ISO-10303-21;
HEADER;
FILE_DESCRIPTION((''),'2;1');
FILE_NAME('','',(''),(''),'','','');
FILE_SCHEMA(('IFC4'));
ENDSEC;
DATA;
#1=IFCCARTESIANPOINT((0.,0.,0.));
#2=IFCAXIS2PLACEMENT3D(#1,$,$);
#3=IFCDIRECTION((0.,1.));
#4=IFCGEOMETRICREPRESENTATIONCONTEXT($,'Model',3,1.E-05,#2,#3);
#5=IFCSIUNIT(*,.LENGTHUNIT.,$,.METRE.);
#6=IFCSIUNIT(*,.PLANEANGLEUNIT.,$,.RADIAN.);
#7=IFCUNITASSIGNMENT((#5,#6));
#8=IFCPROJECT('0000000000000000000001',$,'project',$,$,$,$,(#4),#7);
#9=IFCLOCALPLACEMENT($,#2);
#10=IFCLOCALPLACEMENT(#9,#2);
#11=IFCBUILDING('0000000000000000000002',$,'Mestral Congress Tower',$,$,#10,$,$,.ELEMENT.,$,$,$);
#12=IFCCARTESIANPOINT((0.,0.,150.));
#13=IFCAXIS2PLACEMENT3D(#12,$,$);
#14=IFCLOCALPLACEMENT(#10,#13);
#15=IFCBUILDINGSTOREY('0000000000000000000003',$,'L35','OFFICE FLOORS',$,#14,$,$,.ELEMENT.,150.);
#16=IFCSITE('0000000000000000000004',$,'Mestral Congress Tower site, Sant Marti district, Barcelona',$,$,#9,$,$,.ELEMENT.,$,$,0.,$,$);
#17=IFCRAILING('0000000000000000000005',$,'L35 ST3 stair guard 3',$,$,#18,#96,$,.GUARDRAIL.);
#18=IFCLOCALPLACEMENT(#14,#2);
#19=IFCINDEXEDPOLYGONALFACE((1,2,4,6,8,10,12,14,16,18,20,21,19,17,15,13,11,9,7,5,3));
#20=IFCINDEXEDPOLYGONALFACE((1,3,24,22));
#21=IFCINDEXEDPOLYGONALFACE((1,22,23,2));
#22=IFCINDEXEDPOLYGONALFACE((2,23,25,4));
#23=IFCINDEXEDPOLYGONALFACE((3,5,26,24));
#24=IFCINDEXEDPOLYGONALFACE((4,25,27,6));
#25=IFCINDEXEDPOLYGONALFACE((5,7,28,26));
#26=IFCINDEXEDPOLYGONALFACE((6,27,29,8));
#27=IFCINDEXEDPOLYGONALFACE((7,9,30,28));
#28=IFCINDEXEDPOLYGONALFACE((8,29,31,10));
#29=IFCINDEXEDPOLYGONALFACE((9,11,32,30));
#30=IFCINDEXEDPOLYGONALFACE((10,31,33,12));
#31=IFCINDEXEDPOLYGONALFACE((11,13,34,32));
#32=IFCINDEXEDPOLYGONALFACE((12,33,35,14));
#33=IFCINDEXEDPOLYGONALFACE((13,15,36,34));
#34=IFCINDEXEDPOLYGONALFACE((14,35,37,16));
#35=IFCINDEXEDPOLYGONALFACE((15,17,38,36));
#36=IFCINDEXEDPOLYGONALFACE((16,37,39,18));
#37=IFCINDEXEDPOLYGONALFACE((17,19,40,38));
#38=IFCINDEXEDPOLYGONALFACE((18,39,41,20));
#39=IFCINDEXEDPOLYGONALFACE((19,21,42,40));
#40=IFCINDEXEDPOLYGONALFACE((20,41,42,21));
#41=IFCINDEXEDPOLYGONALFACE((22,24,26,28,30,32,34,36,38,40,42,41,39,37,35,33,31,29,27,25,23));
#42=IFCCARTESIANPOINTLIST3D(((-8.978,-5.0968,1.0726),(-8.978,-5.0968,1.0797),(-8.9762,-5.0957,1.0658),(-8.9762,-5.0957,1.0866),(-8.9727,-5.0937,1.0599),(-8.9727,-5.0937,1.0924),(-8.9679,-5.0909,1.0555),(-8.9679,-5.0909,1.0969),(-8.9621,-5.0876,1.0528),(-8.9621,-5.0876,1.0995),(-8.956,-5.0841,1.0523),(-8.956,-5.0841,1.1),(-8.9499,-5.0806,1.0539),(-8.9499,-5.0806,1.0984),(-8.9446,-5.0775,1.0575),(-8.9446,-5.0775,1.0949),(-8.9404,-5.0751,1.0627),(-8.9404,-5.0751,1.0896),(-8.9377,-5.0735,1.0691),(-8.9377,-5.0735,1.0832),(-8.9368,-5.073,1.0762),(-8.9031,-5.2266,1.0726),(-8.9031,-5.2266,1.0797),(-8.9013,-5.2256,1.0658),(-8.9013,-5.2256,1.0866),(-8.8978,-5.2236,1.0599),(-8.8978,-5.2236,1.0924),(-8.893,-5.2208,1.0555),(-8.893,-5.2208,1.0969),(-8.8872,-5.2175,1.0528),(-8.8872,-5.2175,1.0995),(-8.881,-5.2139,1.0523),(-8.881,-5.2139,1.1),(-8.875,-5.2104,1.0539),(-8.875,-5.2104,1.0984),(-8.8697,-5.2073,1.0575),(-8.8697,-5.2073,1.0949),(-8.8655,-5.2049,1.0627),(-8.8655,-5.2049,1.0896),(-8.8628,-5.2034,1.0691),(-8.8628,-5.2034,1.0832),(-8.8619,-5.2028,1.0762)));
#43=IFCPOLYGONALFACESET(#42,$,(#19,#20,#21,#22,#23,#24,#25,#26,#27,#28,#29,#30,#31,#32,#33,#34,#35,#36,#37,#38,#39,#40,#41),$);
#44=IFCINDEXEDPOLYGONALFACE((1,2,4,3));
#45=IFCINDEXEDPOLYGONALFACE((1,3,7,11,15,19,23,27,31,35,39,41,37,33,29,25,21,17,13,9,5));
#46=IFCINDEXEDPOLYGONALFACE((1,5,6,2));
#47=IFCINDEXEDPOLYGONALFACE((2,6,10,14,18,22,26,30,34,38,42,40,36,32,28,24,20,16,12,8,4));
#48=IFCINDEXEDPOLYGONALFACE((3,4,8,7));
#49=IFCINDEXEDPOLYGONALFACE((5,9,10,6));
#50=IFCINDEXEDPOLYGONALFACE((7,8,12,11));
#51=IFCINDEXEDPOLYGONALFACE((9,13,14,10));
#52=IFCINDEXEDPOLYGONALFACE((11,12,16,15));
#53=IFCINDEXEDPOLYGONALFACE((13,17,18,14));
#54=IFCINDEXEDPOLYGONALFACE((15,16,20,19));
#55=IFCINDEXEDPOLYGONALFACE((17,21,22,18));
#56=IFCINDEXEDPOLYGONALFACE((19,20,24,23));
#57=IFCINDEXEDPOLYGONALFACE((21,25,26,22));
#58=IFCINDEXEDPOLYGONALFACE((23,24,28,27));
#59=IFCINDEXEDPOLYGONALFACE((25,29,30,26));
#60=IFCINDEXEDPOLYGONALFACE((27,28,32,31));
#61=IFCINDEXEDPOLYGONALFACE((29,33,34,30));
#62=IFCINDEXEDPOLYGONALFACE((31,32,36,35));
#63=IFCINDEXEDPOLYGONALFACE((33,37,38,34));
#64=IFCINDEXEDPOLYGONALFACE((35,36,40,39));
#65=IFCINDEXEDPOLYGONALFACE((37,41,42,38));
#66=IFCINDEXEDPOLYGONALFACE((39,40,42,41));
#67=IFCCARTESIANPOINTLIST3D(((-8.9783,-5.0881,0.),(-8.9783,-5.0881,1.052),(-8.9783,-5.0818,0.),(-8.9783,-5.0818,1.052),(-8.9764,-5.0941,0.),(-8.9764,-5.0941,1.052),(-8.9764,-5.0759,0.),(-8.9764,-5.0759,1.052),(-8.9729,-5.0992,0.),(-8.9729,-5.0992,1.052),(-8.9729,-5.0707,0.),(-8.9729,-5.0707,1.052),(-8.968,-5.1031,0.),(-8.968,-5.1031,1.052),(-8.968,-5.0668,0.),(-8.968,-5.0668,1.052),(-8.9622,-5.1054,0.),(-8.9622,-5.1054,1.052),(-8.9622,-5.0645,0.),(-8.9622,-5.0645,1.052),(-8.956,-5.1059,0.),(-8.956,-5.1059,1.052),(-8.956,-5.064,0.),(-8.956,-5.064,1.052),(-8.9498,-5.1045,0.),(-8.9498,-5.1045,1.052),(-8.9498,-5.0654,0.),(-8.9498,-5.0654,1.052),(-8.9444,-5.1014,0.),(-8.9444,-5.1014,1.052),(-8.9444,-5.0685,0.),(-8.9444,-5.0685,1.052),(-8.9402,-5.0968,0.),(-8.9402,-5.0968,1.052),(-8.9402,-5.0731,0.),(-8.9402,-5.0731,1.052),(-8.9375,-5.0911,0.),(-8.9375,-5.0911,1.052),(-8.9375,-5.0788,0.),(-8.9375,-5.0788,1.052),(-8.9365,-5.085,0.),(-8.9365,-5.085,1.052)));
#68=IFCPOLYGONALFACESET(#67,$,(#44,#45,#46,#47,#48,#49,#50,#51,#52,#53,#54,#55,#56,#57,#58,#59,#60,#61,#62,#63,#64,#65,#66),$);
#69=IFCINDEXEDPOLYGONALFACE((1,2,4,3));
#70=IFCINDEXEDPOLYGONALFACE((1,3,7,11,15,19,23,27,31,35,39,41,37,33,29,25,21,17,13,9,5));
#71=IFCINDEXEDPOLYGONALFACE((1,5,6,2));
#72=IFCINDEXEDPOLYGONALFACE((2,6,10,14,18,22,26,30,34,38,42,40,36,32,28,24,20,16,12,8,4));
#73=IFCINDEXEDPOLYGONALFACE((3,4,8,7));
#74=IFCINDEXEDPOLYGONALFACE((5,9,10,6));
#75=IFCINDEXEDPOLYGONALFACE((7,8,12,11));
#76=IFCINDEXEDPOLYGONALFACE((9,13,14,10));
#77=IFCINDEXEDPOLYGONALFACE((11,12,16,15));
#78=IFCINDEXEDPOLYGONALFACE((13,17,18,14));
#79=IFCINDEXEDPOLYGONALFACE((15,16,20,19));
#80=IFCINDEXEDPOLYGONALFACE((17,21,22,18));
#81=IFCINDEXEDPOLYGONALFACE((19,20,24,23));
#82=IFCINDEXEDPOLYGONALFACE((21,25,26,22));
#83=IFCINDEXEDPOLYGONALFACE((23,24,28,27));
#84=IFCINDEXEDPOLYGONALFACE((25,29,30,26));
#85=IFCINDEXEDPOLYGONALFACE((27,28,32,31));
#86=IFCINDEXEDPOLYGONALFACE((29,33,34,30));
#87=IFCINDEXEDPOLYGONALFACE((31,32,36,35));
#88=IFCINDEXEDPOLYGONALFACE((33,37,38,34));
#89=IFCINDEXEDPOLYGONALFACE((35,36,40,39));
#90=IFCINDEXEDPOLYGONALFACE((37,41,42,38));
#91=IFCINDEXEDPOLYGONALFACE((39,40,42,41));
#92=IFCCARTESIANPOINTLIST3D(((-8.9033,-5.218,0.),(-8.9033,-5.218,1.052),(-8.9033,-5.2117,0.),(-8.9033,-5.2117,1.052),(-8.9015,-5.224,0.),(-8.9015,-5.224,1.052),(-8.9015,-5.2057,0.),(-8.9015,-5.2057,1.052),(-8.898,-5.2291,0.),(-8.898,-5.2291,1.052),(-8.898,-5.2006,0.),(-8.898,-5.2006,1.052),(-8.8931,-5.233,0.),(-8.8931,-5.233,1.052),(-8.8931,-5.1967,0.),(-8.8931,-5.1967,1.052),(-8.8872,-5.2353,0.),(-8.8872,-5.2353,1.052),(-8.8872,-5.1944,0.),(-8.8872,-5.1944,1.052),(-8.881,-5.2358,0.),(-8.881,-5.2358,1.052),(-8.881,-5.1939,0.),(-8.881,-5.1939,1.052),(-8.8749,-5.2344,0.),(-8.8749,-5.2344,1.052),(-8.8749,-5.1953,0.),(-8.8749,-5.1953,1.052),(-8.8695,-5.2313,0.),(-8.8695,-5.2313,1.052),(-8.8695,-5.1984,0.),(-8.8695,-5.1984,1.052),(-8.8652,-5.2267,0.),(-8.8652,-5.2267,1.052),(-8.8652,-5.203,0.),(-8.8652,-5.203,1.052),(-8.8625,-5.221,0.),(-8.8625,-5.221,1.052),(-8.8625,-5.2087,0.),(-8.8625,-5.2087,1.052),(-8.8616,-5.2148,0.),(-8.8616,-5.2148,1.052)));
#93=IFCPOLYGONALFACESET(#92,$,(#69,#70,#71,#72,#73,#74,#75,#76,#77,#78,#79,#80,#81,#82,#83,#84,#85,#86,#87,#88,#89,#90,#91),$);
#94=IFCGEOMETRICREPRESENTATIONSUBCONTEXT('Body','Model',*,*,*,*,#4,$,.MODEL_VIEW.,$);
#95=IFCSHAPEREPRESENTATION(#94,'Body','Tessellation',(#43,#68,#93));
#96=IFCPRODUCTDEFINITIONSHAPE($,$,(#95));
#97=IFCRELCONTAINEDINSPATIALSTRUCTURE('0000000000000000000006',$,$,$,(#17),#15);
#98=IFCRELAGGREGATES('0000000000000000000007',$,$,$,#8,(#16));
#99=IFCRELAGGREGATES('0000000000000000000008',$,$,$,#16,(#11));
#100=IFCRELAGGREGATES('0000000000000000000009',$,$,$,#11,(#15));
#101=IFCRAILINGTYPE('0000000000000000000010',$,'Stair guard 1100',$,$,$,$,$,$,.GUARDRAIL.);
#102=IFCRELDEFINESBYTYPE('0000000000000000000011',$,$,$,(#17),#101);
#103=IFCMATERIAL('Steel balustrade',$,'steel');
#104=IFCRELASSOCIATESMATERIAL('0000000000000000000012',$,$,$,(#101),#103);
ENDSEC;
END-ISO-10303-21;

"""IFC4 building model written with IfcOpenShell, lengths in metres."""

from ifc_helpers import new_model, si_unit, direction, frame, origin, origin_2d, place, context, subcontext, project, spatial, circle, extrude, material, type_object, element, save


model = new_model("IFC4")

# Units and contexts
model_context = context("Model", 3, precision=1e-05, world=origin(), true_north=direction((0.0, 1.0)))
body_context = subcontext(model_context, "Body", "Model", "MODEL_VIEW")
ifc_project = project(units=[si_unit("LENGTHUNIT", "METRE"), si_unit("PLANEANGLEUNIT", "RADIAN")], contexts=[model_context])

# Site, building, storey
site_placement = place(None, origin())
site = spatial("IfcSite", under=ifc_project, at=site_placement, Name="Mestral Congress Tower site, Sant Marti district, Barcelona", CompositionType="ELEMENT", RefElevation=0.0)
building_placement = place(site_placement, origin())
building = spatial("IfcBuilding", under=site, at=building_placement, Name="Mestral Congress Tower", CompositionType="ELEMENT")
storey_placement = place(building_placement, frame((0.0, 0.0, 150.0)))
storey = spatial("IfcBuildingStorey", under=building, at=storey_placement, Name="L35", Description="OFFICE FLOORS", CompositionType="ELEMENT", Elevation=150.0)

# Railing
ifc_material_1 = material(Name="Steel balustrade", Category="steel")
railing_type_1 = type_object("IfcRailingType", Name="Stair guard 1100", PredefinedType="GUARDRAIL", material=ifc_material_1)
railing_1_placement = place(storey_placement, frame((-8.9575, -5.085, 0.0)))
element("IfcRailing", 1, at=railing_1_placement, inside=storey, type_object=railing_type_1, Name="L35 ST3 stair guard 3", PredefinedType="GUARDRAIL", context=body_context, shape_type="SweptSolid", body=[
    extrude(circle(Radius=0.0239, at=origin_2d()), frame((0.0, 0.0, 1.0762), z_axis=(0.499816, -0.866131, 0.0), x_axis=(0.866131, 0.499816, 0.0)), (0.0, 0.0, 1.0), 0.1499),
    extrude(circle(Radius=0.021, at=origin_2d()), origin(), (0.0, 0.0, 1.0), 1.052),
    extrude(circle(Radius=0.021, at=origin_2d()), frame((0.075, -0.1299, 0.0)), (0.0, 0.0, 1.0), 1.052),
])

save(model, "model.ifc")
